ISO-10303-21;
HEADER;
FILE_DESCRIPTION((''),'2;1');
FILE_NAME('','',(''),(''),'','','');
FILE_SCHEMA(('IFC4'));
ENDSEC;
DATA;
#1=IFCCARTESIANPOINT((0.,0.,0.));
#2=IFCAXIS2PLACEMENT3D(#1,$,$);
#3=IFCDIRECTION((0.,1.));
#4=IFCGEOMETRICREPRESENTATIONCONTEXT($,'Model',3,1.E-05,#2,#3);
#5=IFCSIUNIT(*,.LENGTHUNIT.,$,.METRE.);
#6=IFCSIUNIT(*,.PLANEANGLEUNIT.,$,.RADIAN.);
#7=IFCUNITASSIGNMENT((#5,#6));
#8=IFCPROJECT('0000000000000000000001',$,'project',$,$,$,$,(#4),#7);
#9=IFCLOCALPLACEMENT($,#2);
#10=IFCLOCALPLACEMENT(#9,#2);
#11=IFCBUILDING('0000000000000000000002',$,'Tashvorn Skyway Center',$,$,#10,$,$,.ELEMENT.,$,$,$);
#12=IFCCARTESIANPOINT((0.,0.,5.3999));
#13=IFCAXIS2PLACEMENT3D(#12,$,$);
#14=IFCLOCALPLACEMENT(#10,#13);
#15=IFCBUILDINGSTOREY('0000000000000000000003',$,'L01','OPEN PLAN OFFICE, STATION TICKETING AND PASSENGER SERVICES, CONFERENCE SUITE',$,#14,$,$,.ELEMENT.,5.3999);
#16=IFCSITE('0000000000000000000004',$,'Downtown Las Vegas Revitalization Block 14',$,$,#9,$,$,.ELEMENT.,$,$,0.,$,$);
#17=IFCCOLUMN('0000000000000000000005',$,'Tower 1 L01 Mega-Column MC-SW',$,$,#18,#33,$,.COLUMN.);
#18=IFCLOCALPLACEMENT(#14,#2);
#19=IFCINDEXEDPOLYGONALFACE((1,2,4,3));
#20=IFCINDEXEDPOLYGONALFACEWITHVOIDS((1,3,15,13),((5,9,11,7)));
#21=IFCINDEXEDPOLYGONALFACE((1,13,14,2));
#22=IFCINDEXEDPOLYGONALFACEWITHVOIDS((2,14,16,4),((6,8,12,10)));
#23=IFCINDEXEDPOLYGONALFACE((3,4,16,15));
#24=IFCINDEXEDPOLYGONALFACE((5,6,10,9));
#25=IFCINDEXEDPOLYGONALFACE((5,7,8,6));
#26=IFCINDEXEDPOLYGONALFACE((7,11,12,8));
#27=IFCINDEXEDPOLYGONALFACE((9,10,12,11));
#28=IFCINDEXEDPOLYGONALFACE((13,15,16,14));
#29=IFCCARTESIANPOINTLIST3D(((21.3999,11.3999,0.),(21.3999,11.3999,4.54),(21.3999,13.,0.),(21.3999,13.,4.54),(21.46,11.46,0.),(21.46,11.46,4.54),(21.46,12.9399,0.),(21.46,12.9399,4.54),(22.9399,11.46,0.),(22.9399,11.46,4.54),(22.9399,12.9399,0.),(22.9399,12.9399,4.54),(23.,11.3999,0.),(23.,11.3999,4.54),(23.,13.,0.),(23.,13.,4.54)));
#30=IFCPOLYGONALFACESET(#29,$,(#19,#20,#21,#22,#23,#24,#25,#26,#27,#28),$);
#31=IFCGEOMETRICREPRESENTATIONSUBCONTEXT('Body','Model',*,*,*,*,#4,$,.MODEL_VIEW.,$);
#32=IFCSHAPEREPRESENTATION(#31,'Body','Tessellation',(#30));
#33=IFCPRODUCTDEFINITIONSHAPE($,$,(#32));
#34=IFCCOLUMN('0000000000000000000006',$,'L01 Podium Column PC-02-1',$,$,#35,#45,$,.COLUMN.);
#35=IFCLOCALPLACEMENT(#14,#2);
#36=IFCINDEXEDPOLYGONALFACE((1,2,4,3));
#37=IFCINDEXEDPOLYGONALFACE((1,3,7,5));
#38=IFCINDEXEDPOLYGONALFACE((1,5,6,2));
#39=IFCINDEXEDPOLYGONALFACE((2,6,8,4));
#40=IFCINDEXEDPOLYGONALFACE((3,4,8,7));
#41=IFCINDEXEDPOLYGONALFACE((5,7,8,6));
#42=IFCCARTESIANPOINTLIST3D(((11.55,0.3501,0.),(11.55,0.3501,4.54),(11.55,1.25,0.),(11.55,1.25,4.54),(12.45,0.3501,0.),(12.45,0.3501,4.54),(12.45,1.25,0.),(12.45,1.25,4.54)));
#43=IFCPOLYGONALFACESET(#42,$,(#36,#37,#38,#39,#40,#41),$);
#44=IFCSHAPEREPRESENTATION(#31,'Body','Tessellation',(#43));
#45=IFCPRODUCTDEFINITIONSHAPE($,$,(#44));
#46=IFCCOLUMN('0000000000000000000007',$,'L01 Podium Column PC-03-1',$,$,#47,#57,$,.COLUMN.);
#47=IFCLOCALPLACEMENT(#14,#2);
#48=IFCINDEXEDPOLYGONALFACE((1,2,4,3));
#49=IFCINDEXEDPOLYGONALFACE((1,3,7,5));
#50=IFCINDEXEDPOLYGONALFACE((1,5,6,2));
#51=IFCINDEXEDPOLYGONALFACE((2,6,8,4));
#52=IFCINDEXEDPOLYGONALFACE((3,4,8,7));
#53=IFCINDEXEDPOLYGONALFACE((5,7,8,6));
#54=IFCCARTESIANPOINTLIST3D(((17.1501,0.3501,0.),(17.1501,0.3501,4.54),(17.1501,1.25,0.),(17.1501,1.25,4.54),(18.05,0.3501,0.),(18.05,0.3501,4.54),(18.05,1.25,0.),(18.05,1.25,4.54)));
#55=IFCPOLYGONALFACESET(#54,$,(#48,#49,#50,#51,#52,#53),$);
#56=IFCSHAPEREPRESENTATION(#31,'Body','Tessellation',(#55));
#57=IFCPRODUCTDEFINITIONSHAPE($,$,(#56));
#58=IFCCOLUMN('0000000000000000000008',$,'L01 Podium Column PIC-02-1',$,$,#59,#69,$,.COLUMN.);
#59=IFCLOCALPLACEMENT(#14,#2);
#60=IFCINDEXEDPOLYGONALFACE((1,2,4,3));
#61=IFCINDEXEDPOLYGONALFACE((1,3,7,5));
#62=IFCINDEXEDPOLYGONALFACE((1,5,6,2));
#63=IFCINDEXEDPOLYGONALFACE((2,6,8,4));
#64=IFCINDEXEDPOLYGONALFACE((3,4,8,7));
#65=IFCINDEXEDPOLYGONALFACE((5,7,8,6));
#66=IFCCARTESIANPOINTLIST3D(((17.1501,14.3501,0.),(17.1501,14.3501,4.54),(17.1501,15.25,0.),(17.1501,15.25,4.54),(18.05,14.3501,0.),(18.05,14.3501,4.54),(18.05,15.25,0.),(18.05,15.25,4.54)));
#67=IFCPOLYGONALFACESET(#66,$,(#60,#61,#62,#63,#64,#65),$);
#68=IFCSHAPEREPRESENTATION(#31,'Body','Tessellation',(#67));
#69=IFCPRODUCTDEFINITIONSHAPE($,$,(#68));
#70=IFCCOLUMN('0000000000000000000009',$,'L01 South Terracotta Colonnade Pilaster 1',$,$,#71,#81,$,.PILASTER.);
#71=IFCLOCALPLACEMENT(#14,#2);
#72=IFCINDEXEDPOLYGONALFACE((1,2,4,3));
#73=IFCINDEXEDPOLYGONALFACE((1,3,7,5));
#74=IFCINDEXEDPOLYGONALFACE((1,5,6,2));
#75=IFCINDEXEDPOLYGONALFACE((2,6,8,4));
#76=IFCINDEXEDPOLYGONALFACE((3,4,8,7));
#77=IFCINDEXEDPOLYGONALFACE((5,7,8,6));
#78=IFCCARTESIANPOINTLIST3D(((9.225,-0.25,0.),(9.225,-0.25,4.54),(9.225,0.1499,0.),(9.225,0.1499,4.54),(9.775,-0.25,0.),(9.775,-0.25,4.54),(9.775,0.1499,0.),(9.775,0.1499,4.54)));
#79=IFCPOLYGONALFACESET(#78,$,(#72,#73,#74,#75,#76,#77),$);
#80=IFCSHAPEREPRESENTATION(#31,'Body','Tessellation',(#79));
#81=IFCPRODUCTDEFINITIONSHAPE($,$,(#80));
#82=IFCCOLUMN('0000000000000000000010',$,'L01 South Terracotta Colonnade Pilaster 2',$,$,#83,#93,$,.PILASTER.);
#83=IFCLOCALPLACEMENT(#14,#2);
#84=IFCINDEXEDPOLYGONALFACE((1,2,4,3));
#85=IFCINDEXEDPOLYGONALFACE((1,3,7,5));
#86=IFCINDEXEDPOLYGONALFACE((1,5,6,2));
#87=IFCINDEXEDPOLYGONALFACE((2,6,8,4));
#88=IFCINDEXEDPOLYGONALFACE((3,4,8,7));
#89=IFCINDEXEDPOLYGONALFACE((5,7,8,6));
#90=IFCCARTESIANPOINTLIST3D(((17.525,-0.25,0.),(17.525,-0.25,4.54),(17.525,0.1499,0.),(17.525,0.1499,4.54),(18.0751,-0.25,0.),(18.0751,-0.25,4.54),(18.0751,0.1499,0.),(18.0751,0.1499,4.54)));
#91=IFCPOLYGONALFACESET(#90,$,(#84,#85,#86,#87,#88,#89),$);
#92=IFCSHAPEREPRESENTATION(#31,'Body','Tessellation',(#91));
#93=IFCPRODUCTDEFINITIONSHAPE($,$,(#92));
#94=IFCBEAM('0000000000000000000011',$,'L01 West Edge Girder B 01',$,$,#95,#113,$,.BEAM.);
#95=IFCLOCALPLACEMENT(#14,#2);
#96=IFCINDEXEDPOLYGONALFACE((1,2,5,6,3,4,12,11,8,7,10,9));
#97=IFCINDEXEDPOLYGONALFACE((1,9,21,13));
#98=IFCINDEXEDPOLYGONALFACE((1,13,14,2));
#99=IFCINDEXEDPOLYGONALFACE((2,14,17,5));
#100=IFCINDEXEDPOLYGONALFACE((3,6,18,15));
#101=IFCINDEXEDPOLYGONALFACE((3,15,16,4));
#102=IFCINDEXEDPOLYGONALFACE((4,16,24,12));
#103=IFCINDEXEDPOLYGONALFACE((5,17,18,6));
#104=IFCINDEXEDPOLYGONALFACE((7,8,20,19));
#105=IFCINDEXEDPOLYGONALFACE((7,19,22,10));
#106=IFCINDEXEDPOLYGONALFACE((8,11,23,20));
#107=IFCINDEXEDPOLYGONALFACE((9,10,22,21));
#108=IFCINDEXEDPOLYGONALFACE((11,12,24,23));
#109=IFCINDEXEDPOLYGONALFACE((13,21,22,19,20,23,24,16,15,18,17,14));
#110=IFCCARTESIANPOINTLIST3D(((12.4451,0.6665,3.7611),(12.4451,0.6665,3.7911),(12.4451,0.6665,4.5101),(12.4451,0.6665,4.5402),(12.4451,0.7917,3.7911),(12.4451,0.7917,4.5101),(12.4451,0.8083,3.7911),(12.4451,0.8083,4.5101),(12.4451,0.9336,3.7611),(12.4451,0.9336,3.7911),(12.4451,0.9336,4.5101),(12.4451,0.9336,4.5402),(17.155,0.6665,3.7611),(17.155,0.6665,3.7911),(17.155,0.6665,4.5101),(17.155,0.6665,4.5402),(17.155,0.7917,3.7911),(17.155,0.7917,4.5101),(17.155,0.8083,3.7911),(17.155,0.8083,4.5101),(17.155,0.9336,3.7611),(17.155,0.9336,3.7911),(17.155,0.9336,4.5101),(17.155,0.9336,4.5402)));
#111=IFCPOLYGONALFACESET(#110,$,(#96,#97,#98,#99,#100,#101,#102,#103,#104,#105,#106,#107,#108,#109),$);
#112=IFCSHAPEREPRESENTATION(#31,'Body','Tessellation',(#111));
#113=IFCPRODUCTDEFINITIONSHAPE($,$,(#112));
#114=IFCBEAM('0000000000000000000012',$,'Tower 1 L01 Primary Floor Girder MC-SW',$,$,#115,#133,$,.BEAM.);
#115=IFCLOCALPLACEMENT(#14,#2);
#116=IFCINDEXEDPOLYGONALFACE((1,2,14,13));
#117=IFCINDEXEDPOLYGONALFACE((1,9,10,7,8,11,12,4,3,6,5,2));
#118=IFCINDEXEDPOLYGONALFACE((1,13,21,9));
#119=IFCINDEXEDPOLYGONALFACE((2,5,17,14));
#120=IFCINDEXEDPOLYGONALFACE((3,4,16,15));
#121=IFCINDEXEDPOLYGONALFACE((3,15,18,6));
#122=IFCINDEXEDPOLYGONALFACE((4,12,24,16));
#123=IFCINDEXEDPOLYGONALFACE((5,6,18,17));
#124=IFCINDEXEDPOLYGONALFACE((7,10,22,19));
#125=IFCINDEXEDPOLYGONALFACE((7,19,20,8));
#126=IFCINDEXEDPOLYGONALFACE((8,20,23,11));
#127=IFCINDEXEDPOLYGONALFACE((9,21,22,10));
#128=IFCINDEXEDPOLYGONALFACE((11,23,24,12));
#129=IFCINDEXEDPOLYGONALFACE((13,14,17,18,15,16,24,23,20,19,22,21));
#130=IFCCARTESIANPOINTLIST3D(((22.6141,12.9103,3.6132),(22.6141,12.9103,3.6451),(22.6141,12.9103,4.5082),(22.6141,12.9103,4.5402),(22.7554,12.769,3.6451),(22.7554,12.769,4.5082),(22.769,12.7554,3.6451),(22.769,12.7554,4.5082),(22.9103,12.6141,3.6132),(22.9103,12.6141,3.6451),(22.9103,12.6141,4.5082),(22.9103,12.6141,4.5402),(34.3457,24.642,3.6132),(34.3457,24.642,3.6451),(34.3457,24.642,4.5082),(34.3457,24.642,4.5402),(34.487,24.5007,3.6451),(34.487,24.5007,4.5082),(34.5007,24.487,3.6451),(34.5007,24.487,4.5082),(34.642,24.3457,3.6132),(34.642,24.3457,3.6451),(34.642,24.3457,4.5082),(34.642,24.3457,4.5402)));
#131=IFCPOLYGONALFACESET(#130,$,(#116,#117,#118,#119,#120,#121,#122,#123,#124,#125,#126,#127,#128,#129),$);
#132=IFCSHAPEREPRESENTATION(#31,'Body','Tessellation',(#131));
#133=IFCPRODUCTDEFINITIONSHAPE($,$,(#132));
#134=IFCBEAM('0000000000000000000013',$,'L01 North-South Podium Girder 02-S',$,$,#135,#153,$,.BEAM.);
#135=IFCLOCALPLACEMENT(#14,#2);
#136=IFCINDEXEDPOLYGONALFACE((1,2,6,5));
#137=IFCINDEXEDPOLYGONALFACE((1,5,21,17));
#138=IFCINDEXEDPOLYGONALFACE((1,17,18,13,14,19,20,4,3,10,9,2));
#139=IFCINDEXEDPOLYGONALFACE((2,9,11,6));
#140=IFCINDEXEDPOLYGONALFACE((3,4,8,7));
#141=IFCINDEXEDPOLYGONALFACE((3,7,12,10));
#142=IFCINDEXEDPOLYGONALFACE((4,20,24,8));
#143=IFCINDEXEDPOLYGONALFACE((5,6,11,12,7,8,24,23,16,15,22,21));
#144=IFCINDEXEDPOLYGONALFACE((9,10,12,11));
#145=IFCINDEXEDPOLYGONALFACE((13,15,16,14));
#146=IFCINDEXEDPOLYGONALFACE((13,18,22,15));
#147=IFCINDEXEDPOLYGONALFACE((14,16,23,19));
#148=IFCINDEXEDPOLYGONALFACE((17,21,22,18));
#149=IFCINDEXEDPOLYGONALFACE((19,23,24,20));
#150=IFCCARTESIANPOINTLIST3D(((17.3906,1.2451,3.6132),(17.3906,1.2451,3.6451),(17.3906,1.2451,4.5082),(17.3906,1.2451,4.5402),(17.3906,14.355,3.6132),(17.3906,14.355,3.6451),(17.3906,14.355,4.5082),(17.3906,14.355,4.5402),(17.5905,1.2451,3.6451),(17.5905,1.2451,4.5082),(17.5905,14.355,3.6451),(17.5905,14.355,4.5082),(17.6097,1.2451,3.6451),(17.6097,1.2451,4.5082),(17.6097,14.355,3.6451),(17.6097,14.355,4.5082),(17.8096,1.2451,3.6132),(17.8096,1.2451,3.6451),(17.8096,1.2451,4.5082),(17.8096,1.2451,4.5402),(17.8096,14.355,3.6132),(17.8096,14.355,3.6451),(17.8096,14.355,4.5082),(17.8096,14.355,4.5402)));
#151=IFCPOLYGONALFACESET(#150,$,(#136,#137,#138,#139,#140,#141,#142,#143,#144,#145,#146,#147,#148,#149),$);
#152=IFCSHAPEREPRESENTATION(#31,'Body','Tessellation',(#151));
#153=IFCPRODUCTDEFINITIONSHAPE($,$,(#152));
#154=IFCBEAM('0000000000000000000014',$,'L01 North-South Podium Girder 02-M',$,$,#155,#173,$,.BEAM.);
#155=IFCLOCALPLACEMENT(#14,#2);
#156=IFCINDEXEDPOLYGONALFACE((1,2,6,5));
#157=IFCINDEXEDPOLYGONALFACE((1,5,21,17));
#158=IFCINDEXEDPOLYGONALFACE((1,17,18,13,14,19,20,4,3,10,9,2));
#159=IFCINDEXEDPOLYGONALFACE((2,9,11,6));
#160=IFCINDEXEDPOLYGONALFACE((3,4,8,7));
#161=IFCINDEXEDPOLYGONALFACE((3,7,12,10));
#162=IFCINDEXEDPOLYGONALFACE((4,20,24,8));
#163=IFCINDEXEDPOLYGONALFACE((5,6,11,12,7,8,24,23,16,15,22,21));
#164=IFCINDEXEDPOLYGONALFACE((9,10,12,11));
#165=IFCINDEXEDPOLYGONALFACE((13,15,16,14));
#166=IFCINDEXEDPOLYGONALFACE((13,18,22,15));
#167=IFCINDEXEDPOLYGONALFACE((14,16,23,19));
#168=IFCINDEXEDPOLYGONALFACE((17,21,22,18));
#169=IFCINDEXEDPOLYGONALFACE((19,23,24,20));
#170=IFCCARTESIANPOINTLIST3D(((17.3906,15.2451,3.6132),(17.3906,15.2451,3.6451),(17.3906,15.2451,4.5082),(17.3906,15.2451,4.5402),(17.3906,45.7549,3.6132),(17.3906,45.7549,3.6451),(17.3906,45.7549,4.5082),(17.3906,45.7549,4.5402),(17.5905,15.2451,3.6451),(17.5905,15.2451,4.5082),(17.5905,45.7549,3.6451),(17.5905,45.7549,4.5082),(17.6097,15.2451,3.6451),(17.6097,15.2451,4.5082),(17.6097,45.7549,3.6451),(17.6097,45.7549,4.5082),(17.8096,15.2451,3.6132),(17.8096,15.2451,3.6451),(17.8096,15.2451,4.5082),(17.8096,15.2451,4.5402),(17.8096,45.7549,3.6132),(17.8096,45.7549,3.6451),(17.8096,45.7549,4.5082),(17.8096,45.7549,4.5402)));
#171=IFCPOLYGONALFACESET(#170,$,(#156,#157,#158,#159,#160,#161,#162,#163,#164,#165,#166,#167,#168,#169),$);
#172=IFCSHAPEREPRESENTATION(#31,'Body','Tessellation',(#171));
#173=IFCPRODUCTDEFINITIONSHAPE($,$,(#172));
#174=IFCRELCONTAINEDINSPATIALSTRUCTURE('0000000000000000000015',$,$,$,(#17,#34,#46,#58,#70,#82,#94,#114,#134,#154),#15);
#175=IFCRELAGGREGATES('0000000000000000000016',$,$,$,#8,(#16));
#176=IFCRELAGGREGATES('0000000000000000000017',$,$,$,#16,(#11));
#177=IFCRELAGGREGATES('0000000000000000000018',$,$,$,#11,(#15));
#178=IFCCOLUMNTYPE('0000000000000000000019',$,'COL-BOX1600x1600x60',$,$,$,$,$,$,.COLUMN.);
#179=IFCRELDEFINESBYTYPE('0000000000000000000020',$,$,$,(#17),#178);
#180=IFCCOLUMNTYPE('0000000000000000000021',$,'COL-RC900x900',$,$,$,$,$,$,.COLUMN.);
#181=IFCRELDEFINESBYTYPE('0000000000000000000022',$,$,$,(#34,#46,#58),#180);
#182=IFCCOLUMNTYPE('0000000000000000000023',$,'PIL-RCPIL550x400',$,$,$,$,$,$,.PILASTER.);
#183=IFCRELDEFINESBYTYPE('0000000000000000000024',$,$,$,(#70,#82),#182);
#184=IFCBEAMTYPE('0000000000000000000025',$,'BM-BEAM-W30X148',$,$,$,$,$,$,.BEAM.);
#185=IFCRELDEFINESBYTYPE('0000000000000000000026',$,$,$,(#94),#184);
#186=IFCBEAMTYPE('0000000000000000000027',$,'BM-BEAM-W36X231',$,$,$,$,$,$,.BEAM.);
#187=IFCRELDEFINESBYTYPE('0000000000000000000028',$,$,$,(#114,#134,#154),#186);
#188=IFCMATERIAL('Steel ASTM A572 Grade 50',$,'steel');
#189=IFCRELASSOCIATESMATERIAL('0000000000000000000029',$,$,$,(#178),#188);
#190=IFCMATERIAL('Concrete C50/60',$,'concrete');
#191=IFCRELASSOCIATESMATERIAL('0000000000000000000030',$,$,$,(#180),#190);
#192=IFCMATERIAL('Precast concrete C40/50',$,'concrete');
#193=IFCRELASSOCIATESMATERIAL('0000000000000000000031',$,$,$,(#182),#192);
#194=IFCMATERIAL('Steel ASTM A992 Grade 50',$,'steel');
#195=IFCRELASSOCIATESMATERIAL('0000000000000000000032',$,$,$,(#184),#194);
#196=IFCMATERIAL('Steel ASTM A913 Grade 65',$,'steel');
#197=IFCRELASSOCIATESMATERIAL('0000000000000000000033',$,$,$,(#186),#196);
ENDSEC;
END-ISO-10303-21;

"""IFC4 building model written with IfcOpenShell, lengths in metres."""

from ifc_helpers import new_model, si_unit, direction, frame, origin, origin_2d, place, context, subcontext, project, spatial, rectangle, hollow_rectangle, i_section, extrude, material, material_profile, profile_set, type_object, element, save


model = new_model("IFC4")

# Units and contexts
model_context = context("Model", 3, precision=1e-05, world=origin(), true_north=direction((0.0, 1.0)))
body_context = subcontext(model_context, "Body", "Model", "MODEL_VIEW")
ifc_project = project(units=[si_unit("LENGTHUNIT", "METRE"), si_unit("PLANEANGLEUNIT", "RADIAN")], contexts=[model_context])

# Site, building, storey
site_placement = place(None, origin())
site = spatial("IfcSite", under=ifc_project, at=site_placement, Name="Downtown Las Vegas Revitalization Block 14", CompositionType="ELEMENT", RefElevation=0.0)
building_placement = place(site_placement, origin())
building = spatial("IfcBuilding", under=site, at=building_placement, Name="Tashvorn Skyway Center", CompositionType="ELEMENT")
storey_placement = place(building_placement, frame((0.0, 0.0, 5.3999)))
storey = spatial("IfcBuildingStorey", under=building, at=storey_placement, Name="L01", Description="OPEN PLAN OFFICE, STATION TICKETING AND PASSENGER SERVICES, CONFERENCE SUITE", CompositionType="ELEMENT", Elevation=5.3999)

# Columns
ifc_material_1 = material(Name="Steel ASTM A572 Grade 50", Category="steel")
ifc_material_profile_1 = material_profile(ifc_material_1, hollow_rectangle(XDim=1.6001, YDim=1.6001, WallThickness=0.0601, at=origin_2d()), Name="BOX1600x1600x60")
ifc_profile_set_1 = profile_set([ifc_material_profile_1], Name="Steel ASTM A572 Grade 50")
column_type_1 = type_object("IfcColumnType", Name="COL-BOX1600x1600x60", PredefinedType="COLUMN", material=ifc_profile_set_1)
column_placement = place(storey_placement, frame((22.2, 12.2, 0.0), z_axis=(0.0, 0.0, 1.0), x_axis=(1.0, 0.0, 0.0)))
element("IfcColumn", 1, at=column_placement, inside=storey, type_object=column_type_1, Name="Tower 1 L01 Mega-Column MC-SW", PredefinedType="COLUMN", context=body_context, shape_type="SweptSolid", body=[
    extrude(hollow_rectangle(XDim=1.6001, YDim=1.6001, WallThickness=0.0601, at=origin_2d()), origin(), (0.0, 0.0, 1.0), 4.54),
])
ifc_material_2 = material(Name="Concrete C50/60", Category="concrete")
ifc_material_profile_2 = material_profile(ifc_material_2, rectangle(XDim=0.8999, YDim=0.8999, at=origin_2d()), Name="RC900x900")
ifc_profile_set_2 = profile_set([ifc_material_profile_2], Name="Concrete C50/60")
column_type_2 = type_object("IfcColumnType", Name="COL-RC900x900", PredefinedType="COLUMN", material=ifc_profile_set_2)
for number, where, z_axis, x_axis, name in (
    (2, (12.0, 0.8, 0.0), (0.0, 0.0, 1.0), (1.0, 0.0, 0.0), "L01 Podium Column PC-02-1"),
    (3, (17.6001, 0.8, 0.0), (0.0, 0.0, 1.0), (1.0, 0.0, 0.0), "L01 Podium Column PC-03-1"),
    (4, (17.6001, 14.8, 0.0), (0.0, 0.0, 1.0), (1.0, 0.0, 0.0), "L01 Podium Column PIC-02-1"),
):
    element("IfcColumn", number, at=place(storey_placement, frame(where, z_axis=z_axis, x_axis=x_axis)), inside=storey, type_object=column_type_2, Name=name, PredefinedType="COLUMN", context=body_context, shape_type="SweptSolid", body=[
        extrude(rectangle(XDim=0.8999, YDim=0.8999, at=origin_2d()), origin(), (0.0, 0.0, 1.0), 4.54),
    ])
ifc_material_3 = material(Name="Precast concrete C40/50", Category="concrete")
ifc_material_profile_3 = material_profile(ifc_material_3, rectangle(XDim=0.55, YDim=0.3999, at=origin_2d()), Name="RCPIL550x400")
ifc_profile_set_3 = profile_set([ifc_material_profile_3], Name="Precast concrete C40/50")
column_type_3 = type_object("IfcColumnType", Name="PIL-RCPIL550x400", PredefinedType="PILASTER", material=ifc_profile_set_3)
for number, where, z_axis, x_axis, name in (
    (5, (9.5, -0.05, 0.0), (0.0, 0.0, 1.0), (1.0, 0.0, 0.0), "L01 South Terracotta Colonnade Pilaster 1"),
    (6, (17.8, -0.05, 0.0), (0.0, 0.0, 1.0), (1.0, 0.0, 0.0), "L01 South Terracotta Colonnade Pilaster 2"),
):
    element("IfcColumn", number, at=place(storey_placement, frame(where, z_axis=z_axis, x_axis=x_axis)), inside=storey, type_object=column_type_3, Name=name, PredefinedType="PILASTER", context=body_context, shape_type="SweptSolid", body=[
        extrude(rectangle(XDim=0.55, YDim=0.3999, at=origin_2d()), origin(), (0.0, 0.0, 1.0), 4.54),
    ])

# Beams
ifc_material_4 = material(Name="Steel ASTM A992 Grade 50", Category="steel")
ifc_material_profile_4 = material_profile(ifc_material_4, i_section(OverallWidth=0.2671, OverallDepth=0.7791, WebThickness=0.0166, FlangeThickness=0.03, at=origin_2d()), Name="W30X148")
ifc_profile_set_4 = profile_set([ifc_material_profile_4], Name="Steel ASTM A992 Grade 50")
beam_type_1 = type_object("IfcBeamType", Name="BM-BEAM-W30X148", PredefinedType="BEAM", material=ifc_profile_set_4)
beam_1_placement = place(storey_placement, frame((12.4451, 0.8, 4.1506), z_axis=(1.0, 0.0, 0.0), x_axis=(0.0, 1.0, 0.0)))
element("IfcBeam", 7, at=beam_1_placement, inside=storey, type_object=beam_type_1, Name="L01 West Edge Girder B 01", PredefinedType="BEAM", context=body_context, shape_type="SweptSolid", body=[
    extrude(i_section(OverallWidth=0.2671, OverallDepth=0.7791, WebThickness=0.0166, FlangeThickness=0.03, at=origin_2d()), origin(), (0.0, 0.0, 1.0), 4.71),
])
ifc_material_5 = material(Name="Steel ASTM A913 Grade 65", Category="steel")
ifc_material_profile_5 = material_profile(ifc_material_5, i_section(OverallWidth=0.4189, OverallDepth=0.927, WebThickness=0.0193, FlangeThickness=0.032, at=origin_2d()), Name="W36X231")
ifc_profile_set_5 = profile_set([ifc_material_profile_5], Name="Steel ASTM A913 Grade 65")
beam_type_2 = type_object("IfcBeamType", Name="BM-BEAM-W36X231", PredefinedType="BEAM", material=ifc_profile_set_5)
beam_2_placement = place(storey_placement, frame((22.7622, 12.7622, 4.0767), z_axis=(0.707107, 0.707107, 0.0), x_axis=(-0.707107, 0.707107, 0.0)))
element("IfcBeam", 8, at=beam_2_placement, inside=storey, type_object=beam_type_2, Name="Tower 1 L01 Primary Floor Girder MC-SW", PredefinedType="BEAM", context=body_context, shape_type="SweptSolid", body=[
    extrude(i_section(OverallWidth=0.4189, OverallDepth=0.927, WebThickness=0.0193, FlangeThickness=0.032, at=origin_2d()), origin(), (0.0, 0.0, 1.0), 16.5911),
])
beam_3_placement = place(storey_placement, frame((17.6001, 1.2451, 4.0767), z_axis=(0.0, 1.0, 0.0), x_axis=(-1.0, 0.0, 0.0)))
element("IfcBeam", 9, at=beam_3_placement, inside=storey, type_object=beam_type_2, Name="L01 North-South Podium Girder 02-S", PredefinedType="BEAM", context=body_context, shape_type="SweptSolid", body=[
    extrude(i_section(OverallWidth=0.4189, OverallDepth=0.927, WebThickness=0.0193, FlangeThickness=0.032, at=origin_2d()), origin(), (0.0, 0.0, 1.0), 13.1099),
])
beam_4_placement = place(storey_placement, frame((17.6001, 15.2451, 4.0767), z_axis=(0.0, 1.0, 0.0), x_axis=(-1.0, 0.0, 0.0)))
element("IfcBeam", 10, at=beam_4_placement, inside=storey, type_object=beam_type_2, Name="L01 North-South Podium Girder 02-M", PredefinedType="BEAM", context=body_context, shape_type="SweptSolid", body=[
    extrude(i_section(OverallWidth=0.4189, OverallDepth=0.927, WebThickness=0.0193, FlangeThickness=0.032, at=origin_2d()), origin(), (0.0, 0.0, 1.0), 30.5098),
])

save(model, "model.ifc")
